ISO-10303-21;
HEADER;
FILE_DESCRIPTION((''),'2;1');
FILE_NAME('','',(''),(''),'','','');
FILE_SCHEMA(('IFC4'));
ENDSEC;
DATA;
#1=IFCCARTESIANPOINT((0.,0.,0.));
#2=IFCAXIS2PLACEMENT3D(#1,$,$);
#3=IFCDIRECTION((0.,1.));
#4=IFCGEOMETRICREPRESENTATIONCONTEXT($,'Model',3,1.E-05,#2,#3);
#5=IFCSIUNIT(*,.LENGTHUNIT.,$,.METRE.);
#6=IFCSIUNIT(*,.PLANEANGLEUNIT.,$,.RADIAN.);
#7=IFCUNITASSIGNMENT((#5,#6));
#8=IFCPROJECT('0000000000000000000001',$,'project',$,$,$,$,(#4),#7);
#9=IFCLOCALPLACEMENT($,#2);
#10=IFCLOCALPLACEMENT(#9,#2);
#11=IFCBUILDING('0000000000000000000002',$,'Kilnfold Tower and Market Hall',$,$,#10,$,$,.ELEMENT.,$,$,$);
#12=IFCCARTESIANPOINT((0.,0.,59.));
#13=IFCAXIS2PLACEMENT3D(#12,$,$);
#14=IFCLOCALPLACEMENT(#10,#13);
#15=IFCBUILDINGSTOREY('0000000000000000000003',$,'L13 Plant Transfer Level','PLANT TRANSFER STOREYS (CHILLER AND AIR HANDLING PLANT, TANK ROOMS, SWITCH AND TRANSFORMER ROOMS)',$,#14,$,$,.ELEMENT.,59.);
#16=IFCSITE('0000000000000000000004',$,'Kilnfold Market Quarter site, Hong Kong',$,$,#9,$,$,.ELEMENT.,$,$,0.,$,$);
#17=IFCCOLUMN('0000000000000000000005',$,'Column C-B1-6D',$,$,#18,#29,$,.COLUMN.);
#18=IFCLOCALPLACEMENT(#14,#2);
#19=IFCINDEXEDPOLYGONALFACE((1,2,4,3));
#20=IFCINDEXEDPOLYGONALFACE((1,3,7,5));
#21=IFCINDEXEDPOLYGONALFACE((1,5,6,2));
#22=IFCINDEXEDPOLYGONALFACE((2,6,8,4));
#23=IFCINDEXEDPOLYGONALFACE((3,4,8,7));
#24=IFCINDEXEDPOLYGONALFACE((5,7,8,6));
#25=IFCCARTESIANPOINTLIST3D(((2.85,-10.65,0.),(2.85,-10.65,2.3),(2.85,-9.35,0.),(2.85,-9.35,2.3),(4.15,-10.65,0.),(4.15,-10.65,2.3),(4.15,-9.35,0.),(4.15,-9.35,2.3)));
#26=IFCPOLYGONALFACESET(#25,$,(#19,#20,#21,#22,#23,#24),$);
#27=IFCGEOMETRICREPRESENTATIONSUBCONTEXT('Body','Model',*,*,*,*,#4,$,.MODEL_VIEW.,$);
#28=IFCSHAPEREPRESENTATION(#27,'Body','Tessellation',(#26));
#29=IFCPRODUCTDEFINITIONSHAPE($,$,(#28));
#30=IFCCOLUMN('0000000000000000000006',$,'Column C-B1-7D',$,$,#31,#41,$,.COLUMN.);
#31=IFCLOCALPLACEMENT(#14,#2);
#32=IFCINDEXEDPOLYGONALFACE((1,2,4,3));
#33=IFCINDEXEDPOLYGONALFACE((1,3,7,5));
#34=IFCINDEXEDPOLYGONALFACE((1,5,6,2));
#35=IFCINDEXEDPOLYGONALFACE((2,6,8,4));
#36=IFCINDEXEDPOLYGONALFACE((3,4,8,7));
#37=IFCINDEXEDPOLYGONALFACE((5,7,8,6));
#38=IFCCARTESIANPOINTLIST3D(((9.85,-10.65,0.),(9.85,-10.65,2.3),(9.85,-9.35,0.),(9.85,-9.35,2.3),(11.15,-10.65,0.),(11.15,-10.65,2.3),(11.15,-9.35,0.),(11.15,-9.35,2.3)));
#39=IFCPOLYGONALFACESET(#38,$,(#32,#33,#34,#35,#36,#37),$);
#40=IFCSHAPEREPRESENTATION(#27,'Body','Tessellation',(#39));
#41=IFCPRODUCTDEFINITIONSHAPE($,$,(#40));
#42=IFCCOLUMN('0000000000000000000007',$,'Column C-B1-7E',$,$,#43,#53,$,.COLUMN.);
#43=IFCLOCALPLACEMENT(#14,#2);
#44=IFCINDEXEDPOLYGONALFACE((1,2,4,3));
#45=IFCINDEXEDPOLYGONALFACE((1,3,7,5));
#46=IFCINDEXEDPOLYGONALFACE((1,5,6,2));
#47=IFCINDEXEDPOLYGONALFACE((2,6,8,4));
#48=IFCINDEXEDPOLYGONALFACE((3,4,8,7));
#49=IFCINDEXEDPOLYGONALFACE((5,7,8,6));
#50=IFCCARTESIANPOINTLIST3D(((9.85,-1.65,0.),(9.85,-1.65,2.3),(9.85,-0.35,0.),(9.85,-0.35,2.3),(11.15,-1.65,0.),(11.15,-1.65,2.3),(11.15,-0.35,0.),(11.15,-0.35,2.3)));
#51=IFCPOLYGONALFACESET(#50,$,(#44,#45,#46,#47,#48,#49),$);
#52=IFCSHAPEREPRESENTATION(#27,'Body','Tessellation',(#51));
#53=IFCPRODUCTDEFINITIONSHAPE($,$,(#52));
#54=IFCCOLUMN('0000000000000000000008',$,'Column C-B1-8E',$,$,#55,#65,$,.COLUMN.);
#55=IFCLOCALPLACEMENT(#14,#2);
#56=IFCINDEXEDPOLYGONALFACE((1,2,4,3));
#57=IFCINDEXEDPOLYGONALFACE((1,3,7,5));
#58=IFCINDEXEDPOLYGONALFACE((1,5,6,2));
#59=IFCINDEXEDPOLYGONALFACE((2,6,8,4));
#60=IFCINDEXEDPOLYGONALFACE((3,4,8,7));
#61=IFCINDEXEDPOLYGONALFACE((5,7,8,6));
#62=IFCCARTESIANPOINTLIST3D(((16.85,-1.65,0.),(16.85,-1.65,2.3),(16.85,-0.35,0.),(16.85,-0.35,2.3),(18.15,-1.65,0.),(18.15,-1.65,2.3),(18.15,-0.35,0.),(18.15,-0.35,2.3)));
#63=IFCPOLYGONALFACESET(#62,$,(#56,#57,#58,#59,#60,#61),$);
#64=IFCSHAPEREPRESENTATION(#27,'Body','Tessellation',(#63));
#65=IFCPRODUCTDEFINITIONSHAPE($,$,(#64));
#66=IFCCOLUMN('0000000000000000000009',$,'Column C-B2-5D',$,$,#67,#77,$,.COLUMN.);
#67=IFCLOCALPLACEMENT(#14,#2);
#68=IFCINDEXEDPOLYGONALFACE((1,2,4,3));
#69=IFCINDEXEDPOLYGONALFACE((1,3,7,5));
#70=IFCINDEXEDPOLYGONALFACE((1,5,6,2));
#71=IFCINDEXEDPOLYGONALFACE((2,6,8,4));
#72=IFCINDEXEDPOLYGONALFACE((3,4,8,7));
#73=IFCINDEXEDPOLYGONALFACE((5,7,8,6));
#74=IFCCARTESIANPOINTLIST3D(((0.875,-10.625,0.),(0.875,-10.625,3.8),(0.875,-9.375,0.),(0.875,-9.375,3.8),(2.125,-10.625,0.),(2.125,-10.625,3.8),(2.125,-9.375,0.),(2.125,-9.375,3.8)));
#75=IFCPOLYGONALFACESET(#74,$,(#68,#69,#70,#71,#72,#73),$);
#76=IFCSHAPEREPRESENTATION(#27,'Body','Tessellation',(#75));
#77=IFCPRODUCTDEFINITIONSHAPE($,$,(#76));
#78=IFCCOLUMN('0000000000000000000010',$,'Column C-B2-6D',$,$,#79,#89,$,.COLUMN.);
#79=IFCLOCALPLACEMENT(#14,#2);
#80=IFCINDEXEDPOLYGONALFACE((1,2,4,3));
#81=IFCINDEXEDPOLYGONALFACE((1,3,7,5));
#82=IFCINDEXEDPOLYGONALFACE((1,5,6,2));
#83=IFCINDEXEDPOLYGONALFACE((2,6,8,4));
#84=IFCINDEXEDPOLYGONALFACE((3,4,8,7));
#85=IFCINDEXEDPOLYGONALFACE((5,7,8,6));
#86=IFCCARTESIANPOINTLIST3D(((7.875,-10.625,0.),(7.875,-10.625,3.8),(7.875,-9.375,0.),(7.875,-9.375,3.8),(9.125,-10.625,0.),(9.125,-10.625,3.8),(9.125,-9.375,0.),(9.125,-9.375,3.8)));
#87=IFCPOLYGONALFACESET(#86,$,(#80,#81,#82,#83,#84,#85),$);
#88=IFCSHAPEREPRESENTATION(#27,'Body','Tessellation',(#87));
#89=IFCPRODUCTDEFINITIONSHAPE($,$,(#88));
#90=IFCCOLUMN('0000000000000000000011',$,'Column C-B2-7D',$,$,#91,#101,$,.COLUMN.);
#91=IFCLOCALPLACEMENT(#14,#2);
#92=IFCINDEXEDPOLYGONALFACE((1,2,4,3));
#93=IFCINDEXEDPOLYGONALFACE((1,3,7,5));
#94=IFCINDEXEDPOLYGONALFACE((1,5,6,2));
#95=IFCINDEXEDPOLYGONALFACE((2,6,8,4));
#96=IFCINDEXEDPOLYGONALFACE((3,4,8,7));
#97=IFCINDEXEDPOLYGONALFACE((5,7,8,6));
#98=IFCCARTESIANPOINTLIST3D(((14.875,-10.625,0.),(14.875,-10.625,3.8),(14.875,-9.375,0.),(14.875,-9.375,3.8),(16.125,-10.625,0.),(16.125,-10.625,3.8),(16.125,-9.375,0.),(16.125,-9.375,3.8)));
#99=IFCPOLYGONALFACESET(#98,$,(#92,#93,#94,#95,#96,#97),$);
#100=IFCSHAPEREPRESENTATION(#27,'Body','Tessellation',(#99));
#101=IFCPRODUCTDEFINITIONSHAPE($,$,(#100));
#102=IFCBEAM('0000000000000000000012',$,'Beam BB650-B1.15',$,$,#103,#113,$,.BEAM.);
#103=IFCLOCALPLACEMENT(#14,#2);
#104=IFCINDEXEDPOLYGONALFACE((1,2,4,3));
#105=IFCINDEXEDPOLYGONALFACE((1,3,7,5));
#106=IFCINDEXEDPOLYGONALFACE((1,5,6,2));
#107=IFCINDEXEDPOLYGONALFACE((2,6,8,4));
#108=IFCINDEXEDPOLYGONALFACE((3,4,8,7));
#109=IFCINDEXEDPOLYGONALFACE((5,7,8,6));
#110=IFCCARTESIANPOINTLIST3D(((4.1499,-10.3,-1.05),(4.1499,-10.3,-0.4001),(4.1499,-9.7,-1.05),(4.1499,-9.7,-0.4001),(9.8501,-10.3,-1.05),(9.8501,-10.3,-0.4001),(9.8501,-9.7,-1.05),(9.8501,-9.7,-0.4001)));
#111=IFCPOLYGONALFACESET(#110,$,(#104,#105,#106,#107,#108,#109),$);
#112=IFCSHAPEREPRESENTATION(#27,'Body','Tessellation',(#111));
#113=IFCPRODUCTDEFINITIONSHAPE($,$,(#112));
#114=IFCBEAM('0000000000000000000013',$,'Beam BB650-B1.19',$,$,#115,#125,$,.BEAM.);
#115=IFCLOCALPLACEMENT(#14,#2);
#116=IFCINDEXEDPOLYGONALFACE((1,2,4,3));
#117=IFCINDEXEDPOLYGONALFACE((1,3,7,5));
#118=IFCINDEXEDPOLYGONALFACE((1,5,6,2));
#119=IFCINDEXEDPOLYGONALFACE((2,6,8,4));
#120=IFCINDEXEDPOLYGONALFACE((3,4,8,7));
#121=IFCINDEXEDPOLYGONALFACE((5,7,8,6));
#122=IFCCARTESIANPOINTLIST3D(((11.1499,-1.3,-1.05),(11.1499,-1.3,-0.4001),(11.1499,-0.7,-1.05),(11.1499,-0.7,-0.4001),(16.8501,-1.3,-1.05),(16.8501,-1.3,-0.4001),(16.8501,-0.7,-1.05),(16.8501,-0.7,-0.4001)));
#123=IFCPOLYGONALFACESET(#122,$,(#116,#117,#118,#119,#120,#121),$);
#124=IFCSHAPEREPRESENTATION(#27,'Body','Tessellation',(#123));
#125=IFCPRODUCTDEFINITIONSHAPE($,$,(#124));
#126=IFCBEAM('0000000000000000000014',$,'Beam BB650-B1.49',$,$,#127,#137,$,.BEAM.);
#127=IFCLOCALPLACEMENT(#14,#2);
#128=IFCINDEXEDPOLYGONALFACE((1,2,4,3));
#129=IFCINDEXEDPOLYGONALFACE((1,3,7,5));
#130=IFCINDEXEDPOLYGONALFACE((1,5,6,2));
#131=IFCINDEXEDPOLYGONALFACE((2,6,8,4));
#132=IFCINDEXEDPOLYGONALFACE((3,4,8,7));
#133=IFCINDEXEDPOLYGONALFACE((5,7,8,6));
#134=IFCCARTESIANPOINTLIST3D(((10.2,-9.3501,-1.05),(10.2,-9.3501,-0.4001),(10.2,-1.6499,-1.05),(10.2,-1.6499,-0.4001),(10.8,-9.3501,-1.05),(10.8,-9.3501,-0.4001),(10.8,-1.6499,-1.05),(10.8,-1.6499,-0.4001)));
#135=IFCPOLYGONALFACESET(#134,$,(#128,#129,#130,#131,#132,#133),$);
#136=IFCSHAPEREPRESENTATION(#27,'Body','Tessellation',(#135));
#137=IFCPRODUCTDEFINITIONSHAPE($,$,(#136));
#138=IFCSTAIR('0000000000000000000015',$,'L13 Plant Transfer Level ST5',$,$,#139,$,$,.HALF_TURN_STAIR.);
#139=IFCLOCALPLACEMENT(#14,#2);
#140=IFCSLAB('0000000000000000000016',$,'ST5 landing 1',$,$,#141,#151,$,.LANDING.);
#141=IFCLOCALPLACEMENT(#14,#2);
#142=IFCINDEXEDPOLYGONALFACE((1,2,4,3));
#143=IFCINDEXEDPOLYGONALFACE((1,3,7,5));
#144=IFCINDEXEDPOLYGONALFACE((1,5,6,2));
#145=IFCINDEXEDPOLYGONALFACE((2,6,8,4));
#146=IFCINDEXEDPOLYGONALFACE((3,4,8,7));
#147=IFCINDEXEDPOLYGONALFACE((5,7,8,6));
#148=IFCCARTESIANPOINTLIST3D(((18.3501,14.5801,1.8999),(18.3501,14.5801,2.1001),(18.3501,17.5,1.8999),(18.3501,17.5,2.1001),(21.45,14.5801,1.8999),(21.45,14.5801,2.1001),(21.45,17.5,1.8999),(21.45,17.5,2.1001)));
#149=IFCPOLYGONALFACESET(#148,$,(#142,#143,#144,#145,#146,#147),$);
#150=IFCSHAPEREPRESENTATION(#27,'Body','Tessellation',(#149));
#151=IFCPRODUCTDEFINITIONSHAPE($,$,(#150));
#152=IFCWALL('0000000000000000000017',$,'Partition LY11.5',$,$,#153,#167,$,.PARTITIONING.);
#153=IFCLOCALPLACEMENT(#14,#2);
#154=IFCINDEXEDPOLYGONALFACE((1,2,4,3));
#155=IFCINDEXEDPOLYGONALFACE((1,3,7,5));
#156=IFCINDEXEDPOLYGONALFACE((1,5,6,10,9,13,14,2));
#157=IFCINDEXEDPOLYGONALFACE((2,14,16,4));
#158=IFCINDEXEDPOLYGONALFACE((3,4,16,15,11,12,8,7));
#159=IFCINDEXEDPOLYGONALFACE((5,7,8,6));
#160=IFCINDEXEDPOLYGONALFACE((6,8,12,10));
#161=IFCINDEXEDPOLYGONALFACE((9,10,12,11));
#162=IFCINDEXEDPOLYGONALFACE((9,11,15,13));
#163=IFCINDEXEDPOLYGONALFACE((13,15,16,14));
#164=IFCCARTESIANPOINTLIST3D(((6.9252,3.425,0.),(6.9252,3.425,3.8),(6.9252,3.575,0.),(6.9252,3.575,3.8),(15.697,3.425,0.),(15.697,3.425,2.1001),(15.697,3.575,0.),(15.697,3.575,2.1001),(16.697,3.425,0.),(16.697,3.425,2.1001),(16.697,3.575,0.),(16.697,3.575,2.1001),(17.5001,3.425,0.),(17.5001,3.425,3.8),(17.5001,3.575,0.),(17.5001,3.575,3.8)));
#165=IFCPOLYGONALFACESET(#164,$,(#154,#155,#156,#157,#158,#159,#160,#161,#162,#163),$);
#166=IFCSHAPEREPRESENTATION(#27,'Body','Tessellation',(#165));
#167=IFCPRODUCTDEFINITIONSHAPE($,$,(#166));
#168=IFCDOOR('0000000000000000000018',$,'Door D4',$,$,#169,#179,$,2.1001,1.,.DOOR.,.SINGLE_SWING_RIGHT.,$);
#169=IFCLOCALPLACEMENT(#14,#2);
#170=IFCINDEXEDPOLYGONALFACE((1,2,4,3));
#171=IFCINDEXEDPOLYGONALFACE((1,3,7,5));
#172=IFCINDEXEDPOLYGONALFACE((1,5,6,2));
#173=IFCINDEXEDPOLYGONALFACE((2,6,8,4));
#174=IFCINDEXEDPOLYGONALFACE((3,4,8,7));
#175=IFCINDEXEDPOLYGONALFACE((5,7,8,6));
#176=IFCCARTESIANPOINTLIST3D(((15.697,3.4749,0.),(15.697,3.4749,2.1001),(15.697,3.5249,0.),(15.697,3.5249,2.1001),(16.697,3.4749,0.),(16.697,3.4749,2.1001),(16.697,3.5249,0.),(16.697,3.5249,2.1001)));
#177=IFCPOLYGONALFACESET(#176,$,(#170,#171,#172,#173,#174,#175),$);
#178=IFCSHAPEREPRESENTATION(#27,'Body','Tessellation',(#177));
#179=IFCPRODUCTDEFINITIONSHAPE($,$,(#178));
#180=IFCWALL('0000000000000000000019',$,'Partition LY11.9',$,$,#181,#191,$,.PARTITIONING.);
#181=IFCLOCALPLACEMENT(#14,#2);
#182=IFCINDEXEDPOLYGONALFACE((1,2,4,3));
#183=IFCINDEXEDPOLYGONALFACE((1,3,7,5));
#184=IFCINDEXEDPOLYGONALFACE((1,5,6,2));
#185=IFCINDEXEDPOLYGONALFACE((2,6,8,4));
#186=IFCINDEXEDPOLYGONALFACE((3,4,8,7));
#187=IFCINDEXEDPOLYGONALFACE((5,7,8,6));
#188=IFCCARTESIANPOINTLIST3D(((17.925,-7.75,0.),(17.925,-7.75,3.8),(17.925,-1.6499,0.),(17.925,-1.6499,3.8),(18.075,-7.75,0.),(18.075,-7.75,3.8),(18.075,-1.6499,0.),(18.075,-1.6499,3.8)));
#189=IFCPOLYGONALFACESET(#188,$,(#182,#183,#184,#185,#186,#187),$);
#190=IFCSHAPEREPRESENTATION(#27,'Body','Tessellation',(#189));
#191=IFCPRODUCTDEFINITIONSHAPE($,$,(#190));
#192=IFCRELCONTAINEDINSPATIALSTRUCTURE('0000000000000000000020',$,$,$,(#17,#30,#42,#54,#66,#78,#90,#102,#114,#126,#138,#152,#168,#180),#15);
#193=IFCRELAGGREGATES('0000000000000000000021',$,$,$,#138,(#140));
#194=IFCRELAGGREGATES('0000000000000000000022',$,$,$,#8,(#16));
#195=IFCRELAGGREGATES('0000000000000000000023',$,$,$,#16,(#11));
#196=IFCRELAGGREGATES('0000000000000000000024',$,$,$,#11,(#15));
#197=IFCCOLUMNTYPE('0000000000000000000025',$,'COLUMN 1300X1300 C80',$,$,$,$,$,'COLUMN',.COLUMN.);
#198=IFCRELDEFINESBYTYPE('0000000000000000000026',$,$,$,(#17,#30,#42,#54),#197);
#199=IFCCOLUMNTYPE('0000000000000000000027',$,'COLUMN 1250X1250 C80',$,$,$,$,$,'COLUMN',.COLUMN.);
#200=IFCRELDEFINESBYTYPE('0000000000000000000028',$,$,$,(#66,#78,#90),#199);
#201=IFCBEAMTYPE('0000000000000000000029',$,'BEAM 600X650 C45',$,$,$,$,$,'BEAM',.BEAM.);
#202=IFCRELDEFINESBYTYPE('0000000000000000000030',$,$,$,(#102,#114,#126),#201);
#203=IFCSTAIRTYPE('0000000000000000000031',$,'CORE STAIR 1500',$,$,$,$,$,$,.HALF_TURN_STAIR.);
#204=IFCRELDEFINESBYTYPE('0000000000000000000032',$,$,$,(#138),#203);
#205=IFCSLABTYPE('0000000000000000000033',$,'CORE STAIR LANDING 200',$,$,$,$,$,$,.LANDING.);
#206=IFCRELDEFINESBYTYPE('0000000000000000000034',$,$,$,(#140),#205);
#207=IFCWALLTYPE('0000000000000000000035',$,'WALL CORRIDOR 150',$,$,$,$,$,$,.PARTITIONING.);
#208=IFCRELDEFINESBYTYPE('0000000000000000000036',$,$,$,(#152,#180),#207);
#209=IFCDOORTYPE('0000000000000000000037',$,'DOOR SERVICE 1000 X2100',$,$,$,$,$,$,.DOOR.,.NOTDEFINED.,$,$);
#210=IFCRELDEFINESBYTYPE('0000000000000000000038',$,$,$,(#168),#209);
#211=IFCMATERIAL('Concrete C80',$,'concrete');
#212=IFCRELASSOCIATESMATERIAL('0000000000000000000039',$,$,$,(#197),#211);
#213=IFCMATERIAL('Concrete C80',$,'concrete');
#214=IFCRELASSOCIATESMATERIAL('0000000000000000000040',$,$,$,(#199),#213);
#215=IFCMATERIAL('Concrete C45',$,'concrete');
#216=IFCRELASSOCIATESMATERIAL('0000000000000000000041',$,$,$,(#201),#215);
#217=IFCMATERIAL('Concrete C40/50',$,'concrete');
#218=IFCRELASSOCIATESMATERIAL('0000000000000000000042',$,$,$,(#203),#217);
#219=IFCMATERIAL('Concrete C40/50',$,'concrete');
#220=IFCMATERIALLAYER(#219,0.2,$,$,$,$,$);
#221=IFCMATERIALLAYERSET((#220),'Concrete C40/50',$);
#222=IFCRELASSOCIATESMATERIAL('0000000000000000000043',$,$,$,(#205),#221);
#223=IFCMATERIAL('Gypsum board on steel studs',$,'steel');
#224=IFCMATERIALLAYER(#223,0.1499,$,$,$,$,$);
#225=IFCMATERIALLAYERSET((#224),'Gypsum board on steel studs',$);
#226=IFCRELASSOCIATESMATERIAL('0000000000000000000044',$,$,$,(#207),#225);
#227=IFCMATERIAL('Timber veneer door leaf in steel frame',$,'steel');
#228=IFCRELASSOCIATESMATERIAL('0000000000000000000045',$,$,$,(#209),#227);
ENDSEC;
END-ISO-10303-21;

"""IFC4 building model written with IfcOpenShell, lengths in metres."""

from ifc_helpers import new_model, si_unit, direction, frame, frame_2d, origin, origin_2d, place, context, subcontext, project, spatial, polyline, rectangle, outline, extrude, source, transform, mapped, material, layer, layer_set, material_profile, profile_set, type_object, element, fill, aggregate, save


model = new_model("IFC4")

# Units and contexts
model_context = context("Model", 3, precision=1e-05, world=origin(), true_north=direction((0.0, 1.0)))
body_context = subcontext(model_context, "Body", "Model", "MODEL_VIEW")
ifc_project = project(units=[si_unit("LENGTHUNIT", "METRE"), si_unit("PLANEANGLEUNIT", "RADIAN")], contexts=[model_context])

# Site, building, storey
site_placement = place(None, origin())
site = spatial("IfcSite", under=ifc_project, at=site_placement, Name="Kilnfold Market Quarter site, Hong Kong", CompositionType="ELEMENT", RefElevation=0.0)
building_placement = place(site_placement, origin())
building = spatial("IfcBuilding", under=site, at=building_placement, Name="Kilnfold Tower and Market Hall", CompositionType="ELEMENT")
storey_placement = place(building_placement, frame((0.0, 0.0, 59.0)))
storey = spatial("IfcBuildingStorey", under=building, at=storey_placement, Name="L13 Plant Transfer Level", Description="PLANT TRANSFER STOREYS (CHILLER AND AIR HANDLING PLANT, TANK ROOMS, SWITCH AND TRANSFORMER ROOMS)", CompositionType="ELEMENT", Elevation=59.0)

# Columns
ifc_material_1 = material(Name="Concrete C80", Category="concrete")
ifc_material_profile_1 = material_profile(ifc_material_1, rectangle(XDim=1.3, YDim=1.3, at=origin_2d()), Name="RC 1300x1300")
ifc_profile_set_1 = profile_set([ifc_material_profile_1], Name="Concrete C80")
column_type_1 = type_object("IfcColumnType", Name="COLUMN 1300X1300 C80", ElementType="COLUMN", PredefinedType="COLUMN", material=ifc_profile_set_1)
shared_shape_1 = source(origin(), body_context, "Body", "SweptSolid", [
    extrude(rectangle(XDim=1.3, YDim=1.3, at=origin_2d()), origin(), (0.0, 0.0, 1.0), 2.3),
])
for number, where, z_axis, x_axis, name in (
    (1, (3.5, -10.0, 0.0), (0.0, 0.0, 1.0), (1.0, 0.0, 0.0), "Column C-B1-6D"),
    (2, (10.5, -10.0, 0.0), (0.0, 0.0, 1.0), (1.0, 0.0, 0.0), "Column C-B1-7D"),
    (3, (10.5, -1.0, 0.0), (0.0, 0.0, 1.0), (1.0, 0.0, 0.0), "Column C-B1-7E"),
    (4, (17.5, -1.0, 0.0), (0.0, 0.0, 1.0), (1.0, 0.0, 0.0), "Column C-B1-8E"),
):
    element("IfcColumn", number, at=place(storey_placement, frame(where, z_axis=z_axis, x_axis=x_axis)), inside=storey, type_object=column_type_1, Name=name, PredefinedType="COLUMN", context=body_context, shape_type="MappedRepresentation", body=[
        mapped(shared_shape_1, transform((0.0, 0.0, 0.0))),
    ])
ifc_material_2 = material(Name="Concrete C80", Category="concrete")
ifc_material_profile_2 = material_profile(ifc_material_2, rectangle(XDim=1.25, YDim=1.25, at=origin_2d()), Name="RC 1250x1250")
ifc_profile_set_2 = profile_set([ifc_material_profile_2], Name="Concrete C80")
column_type_2 = type_object("IfcColumnType", Name="COLUMN 1250X1250 C80", ElementType="COLUMN", PredefinedType="COLUMN", material=ifc_profile_set_2)
shared_shape_2 = source(origin(), body_context, "Body", "SweptSolid", [
    extrude(rectangle(XDim=1.25, YDim=1.25, at=origin_2d()), origin(), (0.0, 0.0, 1.0), 3.8),
])
for number, where, z_axis, x_axis, name in (
    (5, (1.5, -10.0, 0.0), (0.0, 0.0, 1.0), (1.0, 0.0, 0.0), "Column C-B2-5D"),
    (6, (8.5, -10.0, 0.0), (0.0, 0.0, 1.0), (1.0, 0.0, 0.0), "Column C-B2-6D"),
    (7, (15.5, -10.0, 0.0), (0.0, 0.0, 1.0), (1.0, 0.0, 0.0), "Column C-B2-7D"),
):
    element("IfcColumn", number, at=place(storey_placement, frame(where, z_axis=z_axis, x_axis=x_axis)), inside=storey, type_object=column_type_2, Name=name, PredefinedType="COLUMN", context=body_context, shape_type="MappedRepresentation", body=[
        mapped(shared_shape_2, transform((0.0, 0.0, 0.0))),
    ])

# Beams
ifc_material_3 = material(Name="Concrete C45", Category="concrete")
ifc_material_profile_3 = material_profile(ifc_material_3, rectangle(XDim=0.6001, YDim=0.6499, at=origin_2d()), Name="RC 600x650")
ifc_profile_set_3 = profile_set([ifc_material_profile_3], Name="Concrete C45")
beam_type = type_object("IfcBeamType", Name="BEAM 600X650 C45", ElementType="BEAM", PredefinedType="BEAM", material=ifc_profile_set_3)
shared_shape_3 = source(origin(), body_context, "Body", "SweptSolid", [
    extrude(rectangle(XDim=0.6001, YDim=0.6499, at=origin_2d()), origin(), (0.0, 0.0, 1.0), 5.7002),
])
for number, where, z_axis, x_axis, name in (
    (8, (4.1499, -10.0, -0.7251), (1.0, 0.0, 0.0), (0.0, 1.0, 0.0), "Beam BB650-B1.15"),
    (9, (11.1499, -1.0, -0.7251), (1.0, 0.0, 0.0), (0.0, 1.0, 0.0), "Beam BB650-B1.19"),
):
    element("IfcBeam", number, at=place(storey_placement, frame(where, z_axis=z_axis, x_axis=x_axis)), inside=storey, type_object=beam_type, Name=name, PredefinedType="BEAM", context=body_context, shape_type="MappedRepresentation", body=[
        mapped(shared_shape_3, transform((0.0, 0.0, 0.0))),
    ])
shared_shape_4 = source(origin(), body_context, "Body", "SweptSolid", [
    extrude(rectangle(XDim=0.6001, YDim=0.6499, at=origin_2d()), origin(), (0.0, 0.0, 1.0), 7.7002),
])
beam_placement = place(storey_placement, frame((10.5, -9.3501, -0.7251), z_axis=(0.0, 1.0, 0.0), x_axis=(-1.0, 0.0, 0.0)))
element("IfcBeam", 10, at=beam_placement, inside=storey, type_object=beam_type, Name="Beam BB650-B1.49", PredefinedType="BEAM", context=body_context, shape_type="MappedRepresentation", body=[
    mapped(shared_shape_4, transform((0.0, 0.0, 0.0))),
])

# Stair, slab
ifc_material_4 = material(Name="Concrete C40/50", Category="concrete")
stair_type = type_object("IfcStairType", Name="CORE STAIR 1500", PredefinedType="HALF_TURN_STAIR", material=ifc_material_4)
stair_placement = place(storey_placement, origin())
stair = element("IfcStair", 11, at=stair_placement, inside=storey, type_object=stair_type, Name="L13 Plant Transfer Level ST5", PredefinedType="HALF_TURN_STAIR")
ifc_material_5 = material(Name="Concrete C40/50", Category="concrete")
ifc_layer_1 = layer(ifc_material_5, 0.2)
ifc_layer_set_1 = layer_set([ifc_layer_1], Name="Concrete C40/50")
slab_type = type_object("IfcSlabType", Name="CORE STAIR LANDING 200", PredefinedType="LANDING", material=ifc_layer_set_1)
shared_shape_5 = source(origin(), body_context, "Body", "SweptSolid", [
    extrude(outline(polyline([(21.45, 14.5801), (21.45, 17.5), (18.3501, 17.5), (18.3501, 14.5801), (21.45, 14.5801)])), origin(), (0.0, 0.0, 1.0), 0.2002),
])
slab_placement = place(storey_placement, frame((0.0, 0.0, 1.8999)))
slab = element("IfcSlab", 12, at=slab_placement, type_object=slab_type, Name="ST5 landing 1", PredefinedType="LANDING", context=body_context, shape_type="MappedRepresentation", body=[
    mapped(shared_shape_5, transform((0.0, 0.0, 0.0))),
])
aggregate(stair, [slab])

# Wall, opening, door
ifc_material_6 = material(Name="Gypsum board on steel studs", Category="steel")
ifc_layer_2 = layer(ifc_material_6, 0.1499)
ifc_layer_set_2 = layer_set([ifc_layer_2], Name="Gypsum board on steel studs")
wall_type_1 = type_object("IfcWallType", Name="WALL CORRIDOR 150", PredefinedType="PARTITIONING", material=ifc_layer_set_2)
wall_1_placement = place(storey_placement, frame((6.925, 3.5, 0.0), z_axis=(0.0, 0.0, 1.0), x_axis=(1.0, 0.0, 0.0)))
wall_1 = element("IfcWall", 13, at=wall_1_placement, inside=storey, type_object=wall_type_1, Name="Partition LY11.5", PredefinedType="PARTITIONING", context=body_context, shape_type="SweptSolid", body=[
    extrude(rectangle(XDim=10.575, YDim=0.1499, at=frame_2d((5.2876, 0.0))), origin(), (0.0, 0.0, 1.0), 3.8),
])
opening_1_placement = place(wall_1_placement, frame((8.772, 0.0, 0.0)))
opening_1 = element("IfcOpeningElement", 14, at=opening_1_placement, cuts=wall_1, PredefinedType="OPENING", context=body_context, shape_type="SweptSolid", body=[
    extrude(rectangle(XDim=1.0, YDim=2.1001, at=frame_2d((0.5, 1.05))), frame((0.0, 0.085, 0.0), z_axis=(0.0, -1.0, 0.0), x_axis=(1.0, 0.0, 0.0)), (0.0, 0.0, 1.0), 0.1699),
])
ifc_material_7 = material(Name="Timber veneer door leaf in steel frame", Category="steel")
door_type_1 = type_object("IfcDoorType", Name="DOOR SERVICE 1000 X2100", OperationType="NOTDEFINED", PredefinedType="DOOR", material=ifc_material_7)
door_1_placement = place(opening_1_placement, origin())
door_1 = element("IfcDoor", 15, at=door_1_placement, inside=storey, type_object=door_type_1, Name="Door D4", OperationType="SINGLE_SWING_RIGHT", OverallHeight=2.1001, OverallWidth=1.0, PredefinedType="DOOR", context=body_context, shape_type="SweptSolid", body=[
    extrude(rectangle(XDim=1.0, YDim=2.1001, at=frame_2d((0.5, 1.05))), frame((0.0, 0.0249, 0.0), z_axis=(0.0, -1.0, 0.0), x_axis=(1.0, 0.0, 0.0)), (0.0, 0.0, 1.0), 0.05),
])
fill(opening_1, door_1)

# Wall
wall_2_placement = place(storey_placement, frame((18.0, -1.6499, 0.0), z_axis=(0.0, 0.0, 1.0), x_axis=(0.0, -1.0, 0.0)))
element("IfcWall", 16, at=wall_2_placement, inside=storey, type_object=wall_type_1, Name="Partition LY11.9", PredefinedType="PARTITIONING", context=body_context, shape_type="SweptSolid", body=[
    extrude(rectangle(XDim=6.1001, YDim=0.1499, at=frame_2d((3.05, 0.0))), origin(), (0.0, 0.0, 1.0), 3.8),
])

save(model, "model.ifc")
